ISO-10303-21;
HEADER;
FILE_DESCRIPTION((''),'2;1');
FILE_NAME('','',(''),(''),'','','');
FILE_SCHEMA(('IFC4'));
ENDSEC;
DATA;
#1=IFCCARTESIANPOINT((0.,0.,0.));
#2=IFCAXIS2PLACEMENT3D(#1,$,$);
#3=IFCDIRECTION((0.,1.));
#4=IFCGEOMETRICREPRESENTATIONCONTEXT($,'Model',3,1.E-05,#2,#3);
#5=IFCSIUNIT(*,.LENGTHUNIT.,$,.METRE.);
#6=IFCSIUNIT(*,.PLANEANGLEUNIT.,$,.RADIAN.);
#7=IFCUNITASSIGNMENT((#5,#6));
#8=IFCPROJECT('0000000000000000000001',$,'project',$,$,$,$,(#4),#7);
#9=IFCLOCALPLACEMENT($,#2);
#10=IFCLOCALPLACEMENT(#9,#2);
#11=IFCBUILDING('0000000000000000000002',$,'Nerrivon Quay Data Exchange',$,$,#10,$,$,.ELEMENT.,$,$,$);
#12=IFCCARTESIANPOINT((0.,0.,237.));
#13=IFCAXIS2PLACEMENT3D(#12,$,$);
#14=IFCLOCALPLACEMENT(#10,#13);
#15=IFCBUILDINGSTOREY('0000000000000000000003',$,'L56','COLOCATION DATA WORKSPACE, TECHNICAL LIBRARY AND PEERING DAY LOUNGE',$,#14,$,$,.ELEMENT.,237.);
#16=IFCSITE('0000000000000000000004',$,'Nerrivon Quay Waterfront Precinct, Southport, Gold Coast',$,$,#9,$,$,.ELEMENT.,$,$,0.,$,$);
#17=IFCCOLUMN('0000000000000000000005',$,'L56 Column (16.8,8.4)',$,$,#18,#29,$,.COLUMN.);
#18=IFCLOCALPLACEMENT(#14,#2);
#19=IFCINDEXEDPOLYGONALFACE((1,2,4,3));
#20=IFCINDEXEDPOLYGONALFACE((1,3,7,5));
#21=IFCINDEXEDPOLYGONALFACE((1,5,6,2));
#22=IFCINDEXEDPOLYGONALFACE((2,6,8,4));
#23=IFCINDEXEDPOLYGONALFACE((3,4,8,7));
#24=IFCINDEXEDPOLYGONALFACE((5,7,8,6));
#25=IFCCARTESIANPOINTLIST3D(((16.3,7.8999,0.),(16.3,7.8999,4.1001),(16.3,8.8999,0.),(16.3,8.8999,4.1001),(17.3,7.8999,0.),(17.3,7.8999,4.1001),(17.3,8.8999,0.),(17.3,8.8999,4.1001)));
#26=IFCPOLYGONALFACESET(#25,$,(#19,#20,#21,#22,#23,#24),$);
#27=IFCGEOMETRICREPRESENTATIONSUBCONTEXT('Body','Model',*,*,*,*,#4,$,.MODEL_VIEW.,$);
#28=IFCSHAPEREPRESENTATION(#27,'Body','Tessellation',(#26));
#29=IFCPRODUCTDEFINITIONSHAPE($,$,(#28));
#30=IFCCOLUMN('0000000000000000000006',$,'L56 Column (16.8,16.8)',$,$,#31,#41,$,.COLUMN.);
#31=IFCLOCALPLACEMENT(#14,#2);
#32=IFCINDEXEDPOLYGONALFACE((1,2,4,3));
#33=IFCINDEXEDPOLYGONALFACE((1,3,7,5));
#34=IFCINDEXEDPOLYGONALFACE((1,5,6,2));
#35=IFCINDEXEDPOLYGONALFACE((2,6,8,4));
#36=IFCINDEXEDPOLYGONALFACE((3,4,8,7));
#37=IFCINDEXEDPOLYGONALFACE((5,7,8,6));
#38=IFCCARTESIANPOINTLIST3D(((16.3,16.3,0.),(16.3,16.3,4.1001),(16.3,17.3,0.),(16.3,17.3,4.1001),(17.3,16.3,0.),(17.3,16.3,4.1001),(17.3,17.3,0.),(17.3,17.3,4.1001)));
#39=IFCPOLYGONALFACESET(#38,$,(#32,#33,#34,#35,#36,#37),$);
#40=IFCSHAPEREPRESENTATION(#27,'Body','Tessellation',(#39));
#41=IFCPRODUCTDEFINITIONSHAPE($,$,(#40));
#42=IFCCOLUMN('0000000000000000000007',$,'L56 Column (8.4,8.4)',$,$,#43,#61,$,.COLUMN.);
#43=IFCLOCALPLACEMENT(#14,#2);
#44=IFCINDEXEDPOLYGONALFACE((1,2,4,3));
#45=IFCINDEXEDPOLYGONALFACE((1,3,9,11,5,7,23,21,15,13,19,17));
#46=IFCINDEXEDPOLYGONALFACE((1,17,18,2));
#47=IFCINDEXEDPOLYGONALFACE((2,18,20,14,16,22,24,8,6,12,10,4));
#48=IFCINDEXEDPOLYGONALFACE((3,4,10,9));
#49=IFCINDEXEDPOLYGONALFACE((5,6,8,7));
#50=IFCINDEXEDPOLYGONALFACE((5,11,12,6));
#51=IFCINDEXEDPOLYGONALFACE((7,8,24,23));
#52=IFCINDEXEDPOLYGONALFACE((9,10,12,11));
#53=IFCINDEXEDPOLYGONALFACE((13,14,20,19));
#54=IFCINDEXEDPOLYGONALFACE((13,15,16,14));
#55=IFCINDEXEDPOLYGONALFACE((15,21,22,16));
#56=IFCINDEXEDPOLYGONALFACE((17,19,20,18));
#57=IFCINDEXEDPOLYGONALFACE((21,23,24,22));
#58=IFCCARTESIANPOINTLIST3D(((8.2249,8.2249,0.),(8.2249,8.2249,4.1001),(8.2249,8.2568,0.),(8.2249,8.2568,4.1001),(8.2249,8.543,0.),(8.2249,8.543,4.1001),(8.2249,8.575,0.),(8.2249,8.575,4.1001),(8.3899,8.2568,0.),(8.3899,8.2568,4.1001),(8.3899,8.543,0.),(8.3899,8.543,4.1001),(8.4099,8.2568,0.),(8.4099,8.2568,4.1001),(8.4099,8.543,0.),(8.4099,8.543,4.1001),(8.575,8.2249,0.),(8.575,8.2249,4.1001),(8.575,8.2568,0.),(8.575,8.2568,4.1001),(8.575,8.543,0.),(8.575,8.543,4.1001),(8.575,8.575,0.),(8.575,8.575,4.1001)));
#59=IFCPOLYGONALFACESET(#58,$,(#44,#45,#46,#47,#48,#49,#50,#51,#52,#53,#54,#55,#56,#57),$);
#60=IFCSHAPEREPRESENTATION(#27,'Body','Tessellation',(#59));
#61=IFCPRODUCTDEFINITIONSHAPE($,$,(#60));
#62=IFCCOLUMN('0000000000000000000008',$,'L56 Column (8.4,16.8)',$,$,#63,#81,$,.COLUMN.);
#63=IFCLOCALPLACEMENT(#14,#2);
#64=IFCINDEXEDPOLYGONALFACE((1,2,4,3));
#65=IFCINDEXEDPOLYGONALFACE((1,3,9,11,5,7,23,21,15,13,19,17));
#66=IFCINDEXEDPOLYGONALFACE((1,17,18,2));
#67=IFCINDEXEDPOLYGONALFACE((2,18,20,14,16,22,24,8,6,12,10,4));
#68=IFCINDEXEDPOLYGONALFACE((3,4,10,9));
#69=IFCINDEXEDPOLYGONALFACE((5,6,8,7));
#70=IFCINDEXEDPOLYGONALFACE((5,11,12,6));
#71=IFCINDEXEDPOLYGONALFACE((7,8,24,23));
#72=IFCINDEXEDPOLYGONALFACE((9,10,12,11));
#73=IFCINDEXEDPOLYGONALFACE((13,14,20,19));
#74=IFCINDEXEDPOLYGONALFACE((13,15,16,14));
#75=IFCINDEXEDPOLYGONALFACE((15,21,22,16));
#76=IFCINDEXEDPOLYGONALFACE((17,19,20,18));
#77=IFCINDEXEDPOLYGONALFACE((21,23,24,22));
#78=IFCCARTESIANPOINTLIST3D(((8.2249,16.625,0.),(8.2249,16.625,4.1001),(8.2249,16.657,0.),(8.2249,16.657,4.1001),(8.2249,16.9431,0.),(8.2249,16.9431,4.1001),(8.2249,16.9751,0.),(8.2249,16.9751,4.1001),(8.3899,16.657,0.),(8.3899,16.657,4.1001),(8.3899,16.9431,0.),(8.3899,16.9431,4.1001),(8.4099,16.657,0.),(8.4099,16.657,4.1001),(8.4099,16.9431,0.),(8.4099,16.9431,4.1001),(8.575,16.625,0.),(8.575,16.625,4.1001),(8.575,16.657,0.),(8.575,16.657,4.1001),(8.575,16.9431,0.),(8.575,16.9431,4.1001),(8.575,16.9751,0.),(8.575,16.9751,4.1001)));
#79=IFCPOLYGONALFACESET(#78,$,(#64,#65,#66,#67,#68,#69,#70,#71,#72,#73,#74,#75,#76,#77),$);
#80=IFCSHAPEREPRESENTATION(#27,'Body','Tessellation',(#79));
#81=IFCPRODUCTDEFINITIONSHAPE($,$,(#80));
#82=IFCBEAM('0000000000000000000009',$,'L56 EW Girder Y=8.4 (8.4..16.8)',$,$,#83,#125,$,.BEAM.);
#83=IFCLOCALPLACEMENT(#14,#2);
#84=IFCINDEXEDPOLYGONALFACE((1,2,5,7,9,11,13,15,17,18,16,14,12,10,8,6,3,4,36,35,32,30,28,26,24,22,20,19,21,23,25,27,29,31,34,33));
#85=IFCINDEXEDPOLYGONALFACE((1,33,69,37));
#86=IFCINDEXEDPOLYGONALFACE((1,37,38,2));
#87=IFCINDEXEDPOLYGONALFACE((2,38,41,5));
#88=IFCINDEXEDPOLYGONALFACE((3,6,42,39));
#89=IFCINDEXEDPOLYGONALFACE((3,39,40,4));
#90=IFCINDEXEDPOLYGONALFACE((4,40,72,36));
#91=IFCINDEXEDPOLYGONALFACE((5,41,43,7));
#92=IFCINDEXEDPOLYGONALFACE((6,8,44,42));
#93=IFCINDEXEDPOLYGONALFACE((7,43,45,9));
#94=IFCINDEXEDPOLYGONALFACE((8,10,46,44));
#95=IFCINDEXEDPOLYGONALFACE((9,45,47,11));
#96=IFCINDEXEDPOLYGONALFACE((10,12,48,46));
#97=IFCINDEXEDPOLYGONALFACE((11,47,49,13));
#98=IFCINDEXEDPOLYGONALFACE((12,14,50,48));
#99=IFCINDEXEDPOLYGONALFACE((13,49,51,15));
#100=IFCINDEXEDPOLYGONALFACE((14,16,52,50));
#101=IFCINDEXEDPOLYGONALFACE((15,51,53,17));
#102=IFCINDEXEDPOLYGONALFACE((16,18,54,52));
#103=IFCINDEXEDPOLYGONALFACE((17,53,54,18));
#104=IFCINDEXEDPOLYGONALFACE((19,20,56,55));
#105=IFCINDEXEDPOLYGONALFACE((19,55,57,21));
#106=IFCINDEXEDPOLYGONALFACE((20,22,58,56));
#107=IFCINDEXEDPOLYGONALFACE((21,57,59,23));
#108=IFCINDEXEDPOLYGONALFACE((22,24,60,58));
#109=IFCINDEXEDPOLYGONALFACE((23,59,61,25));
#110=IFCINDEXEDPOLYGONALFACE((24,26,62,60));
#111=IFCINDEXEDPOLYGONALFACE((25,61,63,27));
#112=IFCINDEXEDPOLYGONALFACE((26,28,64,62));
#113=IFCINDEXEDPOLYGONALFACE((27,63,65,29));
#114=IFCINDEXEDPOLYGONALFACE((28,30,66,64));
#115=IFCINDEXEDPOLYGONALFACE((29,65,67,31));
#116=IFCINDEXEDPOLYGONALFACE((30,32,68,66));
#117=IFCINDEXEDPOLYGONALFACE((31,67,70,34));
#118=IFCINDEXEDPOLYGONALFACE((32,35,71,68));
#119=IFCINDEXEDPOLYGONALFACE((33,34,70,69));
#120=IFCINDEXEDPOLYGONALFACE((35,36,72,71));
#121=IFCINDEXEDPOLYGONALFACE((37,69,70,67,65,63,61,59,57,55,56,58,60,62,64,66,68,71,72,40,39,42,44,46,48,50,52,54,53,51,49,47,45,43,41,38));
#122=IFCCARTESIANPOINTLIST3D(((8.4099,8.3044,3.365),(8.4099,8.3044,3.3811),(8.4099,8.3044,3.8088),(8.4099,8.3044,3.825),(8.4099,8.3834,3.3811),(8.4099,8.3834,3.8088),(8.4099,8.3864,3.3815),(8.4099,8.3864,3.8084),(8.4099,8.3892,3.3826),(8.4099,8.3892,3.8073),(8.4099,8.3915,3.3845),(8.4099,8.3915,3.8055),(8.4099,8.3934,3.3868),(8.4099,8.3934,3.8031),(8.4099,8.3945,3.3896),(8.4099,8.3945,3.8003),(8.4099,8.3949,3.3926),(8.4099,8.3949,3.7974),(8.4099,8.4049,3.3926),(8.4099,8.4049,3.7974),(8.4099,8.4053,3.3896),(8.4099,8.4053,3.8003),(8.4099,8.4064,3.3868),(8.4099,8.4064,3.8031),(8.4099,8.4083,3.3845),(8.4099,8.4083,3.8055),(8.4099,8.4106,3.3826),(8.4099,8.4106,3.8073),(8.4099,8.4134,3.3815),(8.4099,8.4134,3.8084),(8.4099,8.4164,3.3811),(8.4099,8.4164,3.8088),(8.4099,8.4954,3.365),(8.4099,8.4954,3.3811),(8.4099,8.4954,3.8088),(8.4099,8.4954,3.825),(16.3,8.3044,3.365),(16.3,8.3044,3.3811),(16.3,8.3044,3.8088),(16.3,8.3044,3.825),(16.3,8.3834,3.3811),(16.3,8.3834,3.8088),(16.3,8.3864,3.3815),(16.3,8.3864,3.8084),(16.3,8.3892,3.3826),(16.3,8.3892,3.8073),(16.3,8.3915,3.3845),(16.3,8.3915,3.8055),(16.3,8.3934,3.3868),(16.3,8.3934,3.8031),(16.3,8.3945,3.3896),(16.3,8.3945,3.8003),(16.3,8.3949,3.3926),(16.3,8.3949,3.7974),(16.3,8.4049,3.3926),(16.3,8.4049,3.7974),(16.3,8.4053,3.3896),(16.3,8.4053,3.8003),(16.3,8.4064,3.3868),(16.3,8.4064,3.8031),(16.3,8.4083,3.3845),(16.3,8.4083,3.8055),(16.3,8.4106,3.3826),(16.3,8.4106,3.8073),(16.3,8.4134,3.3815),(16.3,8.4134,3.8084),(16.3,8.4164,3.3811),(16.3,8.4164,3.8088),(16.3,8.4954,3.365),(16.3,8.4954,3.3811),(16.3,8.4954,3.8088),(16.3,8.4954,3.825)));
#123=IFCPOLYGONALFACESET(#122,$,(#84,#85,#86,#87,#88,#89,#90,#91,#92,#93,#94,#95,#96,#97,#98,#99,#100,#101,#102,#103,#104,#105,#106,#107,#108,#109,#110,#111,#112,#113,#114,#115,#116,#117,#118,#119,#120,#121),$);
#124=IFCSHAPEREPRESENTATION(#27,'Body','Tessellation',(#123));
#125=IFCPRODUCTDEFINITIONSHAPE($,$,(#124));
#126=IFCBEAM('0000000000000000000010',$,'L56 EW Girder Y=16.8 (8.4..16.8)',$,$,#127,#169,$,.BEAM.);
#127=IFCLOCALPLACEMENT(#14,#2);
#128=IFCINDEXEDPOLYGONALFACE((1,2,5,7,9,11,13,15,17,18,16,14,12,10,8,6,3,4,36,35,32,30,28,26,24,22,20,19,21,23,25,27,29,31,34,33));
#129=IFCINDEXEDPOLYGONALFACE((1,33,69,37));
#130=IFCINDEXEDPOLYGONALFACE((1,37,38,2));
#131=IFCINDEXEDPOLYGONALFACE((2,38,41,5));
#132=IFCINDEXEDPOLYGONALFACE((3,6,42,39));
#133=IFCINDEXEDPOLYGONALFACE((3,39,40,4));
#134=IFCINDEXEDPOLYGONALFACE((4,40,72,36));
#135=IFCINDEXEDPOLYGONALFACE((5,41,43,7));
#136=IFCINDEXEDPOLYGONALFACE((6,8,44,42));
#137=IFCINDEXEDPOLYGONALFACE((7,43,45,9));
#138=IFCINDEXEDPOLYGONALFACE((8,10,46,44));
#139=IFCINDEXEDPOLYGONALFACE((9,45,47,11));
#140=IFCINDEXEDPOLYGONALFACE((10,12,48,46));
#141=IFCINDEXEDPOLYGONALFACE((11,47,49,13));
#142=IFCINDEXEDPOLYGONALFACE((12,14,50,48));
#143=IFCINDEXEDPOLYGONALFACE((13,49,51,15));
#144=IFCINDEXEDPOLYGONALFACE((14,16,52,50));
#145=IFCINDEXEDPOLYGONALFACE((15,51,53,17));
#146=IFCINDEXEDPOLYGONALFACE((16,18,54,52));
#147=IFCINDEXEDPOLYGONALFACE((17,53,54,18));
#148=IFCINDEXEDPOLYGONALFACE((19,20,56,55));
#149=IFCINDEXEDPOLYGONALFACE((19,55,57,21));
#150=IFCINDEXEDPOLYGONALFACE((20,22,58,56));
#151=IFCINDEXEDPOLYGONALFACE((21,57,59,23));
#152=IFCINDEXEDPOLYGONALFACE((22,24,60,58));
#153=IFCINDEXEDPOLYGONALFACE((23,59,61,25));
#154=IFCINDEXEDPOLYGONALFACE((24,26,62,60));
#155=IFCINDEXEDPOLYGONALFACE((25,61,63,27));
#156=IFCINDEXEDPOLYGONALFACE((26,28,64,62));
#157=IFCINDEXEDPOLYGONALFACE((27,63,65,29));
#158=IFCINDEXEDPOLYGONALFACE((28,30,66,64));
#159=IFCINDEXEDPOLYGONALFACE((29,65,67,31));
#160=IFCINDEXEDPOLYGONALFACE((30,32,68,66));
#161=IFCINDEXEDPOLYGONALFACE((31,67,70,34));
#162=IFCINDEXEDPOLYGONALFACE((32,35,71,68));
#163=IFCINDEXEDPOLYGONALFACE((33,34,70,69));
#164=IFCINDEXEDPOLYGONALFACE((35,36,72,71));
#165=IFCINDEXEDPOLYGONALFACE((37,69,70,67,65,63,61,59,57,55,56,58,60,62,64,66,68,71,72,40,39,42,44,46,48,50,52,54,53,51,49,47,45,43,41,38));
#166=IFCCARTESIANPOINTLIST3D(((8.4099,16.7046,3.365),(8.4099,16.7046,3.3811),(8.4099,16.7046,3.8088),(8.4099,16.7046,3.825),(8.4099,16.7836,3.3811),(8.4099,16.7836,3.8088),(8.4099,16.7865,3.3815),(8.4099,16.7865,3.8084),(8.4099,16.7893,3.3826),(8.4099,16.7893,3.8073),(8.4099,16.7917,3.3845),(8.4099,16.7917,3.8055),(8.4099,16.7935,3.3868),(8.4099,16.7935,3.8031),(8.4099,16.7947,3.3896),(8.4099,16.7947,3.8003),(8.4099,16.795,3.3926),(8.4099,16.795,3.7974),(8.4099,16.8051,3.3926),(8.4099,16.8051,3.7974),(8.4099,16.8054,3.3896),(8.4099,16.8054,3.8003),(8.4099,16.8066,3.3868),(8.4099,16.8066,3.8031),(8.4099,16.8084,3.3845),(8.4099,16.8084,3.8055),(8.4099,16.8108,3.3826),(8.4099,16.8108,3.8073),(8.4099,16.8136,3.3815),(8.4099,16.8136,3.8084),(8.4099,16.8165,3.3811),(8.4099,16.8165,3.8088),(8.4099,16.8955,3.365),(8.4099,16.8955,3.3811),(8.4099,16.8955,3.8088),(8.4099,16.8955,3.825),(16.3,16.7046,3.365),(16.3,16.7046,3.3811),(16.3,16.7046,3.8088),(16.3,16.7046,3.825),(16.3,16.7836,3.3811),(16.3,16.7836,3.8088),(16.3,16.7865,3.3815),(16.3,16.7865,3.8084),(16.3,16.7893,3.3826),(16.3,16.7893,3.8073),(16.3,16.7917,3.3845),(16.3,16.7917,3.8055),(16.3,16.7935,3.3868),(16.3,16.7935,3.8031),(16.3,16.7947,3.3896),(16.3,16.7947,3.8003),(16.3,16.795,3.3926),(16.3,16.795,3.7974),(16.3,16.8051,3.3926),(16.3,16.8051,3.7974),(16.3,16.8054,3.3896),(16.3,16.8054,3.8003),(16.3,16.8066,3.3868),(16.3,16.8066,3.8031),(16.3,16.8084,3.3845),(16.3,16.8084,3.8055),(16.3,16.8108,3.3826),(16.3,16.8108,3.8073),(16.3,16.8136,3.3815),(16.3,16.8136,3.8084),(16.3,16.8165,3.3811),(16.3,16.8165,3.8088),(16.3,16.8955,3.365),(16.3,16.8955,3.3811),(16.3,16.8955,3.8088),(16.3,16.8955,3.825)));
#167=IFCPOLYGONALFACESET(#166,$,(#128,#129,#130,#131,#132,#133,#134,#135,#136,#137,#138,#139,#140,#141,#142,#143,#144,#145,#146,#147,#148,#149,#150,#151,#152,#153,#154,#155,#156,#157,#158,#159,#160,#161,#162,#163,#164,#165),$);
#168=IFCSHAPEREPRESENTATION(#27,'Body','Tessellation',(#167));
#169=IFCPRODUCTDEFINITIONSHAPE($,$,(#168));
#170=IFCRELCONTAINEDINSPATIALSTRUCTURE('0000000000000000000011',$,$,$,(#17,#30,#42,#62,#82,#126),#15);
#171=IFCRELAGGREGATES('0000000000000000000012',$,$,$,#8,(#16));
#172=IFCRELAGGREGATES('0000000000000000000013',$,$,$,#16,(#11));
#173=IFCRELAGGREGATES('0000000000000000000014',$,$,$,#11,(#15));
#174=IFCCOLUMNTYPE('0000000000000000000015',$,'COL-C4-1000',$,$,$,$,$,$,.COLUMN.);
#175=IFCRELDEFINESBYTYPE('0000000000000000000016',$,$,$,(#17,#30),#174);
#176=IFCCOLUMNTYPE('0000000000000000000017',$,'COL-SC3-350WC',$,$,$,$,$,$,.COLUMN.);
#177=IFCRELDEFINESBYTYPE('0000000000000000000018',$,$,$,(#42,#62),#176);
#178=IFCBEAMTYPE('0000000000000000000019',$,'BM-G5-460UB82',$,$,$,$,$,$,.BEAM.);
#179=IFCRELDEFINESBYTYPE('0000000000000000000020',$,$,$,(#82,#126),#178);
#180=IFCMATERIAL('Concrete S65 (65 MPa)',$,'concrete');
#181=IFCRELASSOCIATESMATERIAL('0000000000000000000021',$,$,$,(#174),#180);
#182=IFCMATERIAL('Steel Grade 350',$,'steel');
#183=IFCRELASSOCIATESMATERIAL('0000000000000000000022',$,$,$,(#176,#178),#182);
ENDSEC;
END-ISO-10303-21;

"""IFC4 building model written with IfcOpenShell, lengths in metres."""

from ifc_helpers import new_model, si_unit, direction, frame, origin, origin_2d, place, context, subcontext, project, spatial, rectangle, i_section, extrude, material, material_profile, profile_set, type_object, element, save


model = new_model("IFC4")

# Units and contexts
model_context = context("Model", 3, precision=1e-05, world=origin(), true_north=direction((0.0, 1.0)))
body_context = subcontext(model_context, "Body", "Model", "MODEL_VIEW")
ifc_project = project(units=[si_unit("LENGTHUNIT", "METRE"), si_unit("PLANEANGLEUNIT", "RADIAN")], contexts=[model_context])

# Site, building, storey
site_placement = place(None, origin())
site = spatial("IfcSite", under=ifc_project, at=site_placement, Name="Nerrivon Quay Waterfront Precinct, Southport, Gold Coast", CompositionType="ELEMENT", RefElevation=0.0)
building_placement = place(site_placement, origin())
building = spatial("IfcBuilding", under=site, at=building_placement, Name="Nerrivon Quay Data Exchange", CompositionType="ELEMENT")
storey_placement = place(building_placement, frame((0.0, 0.0, 237.0)))
storey = spatial("IfcBuildingStorey", under=building, at=storey_placement, Name="L56", Description="COLOCATION DATA WORKSPACE, TECHNICAL LIBRARY AND PEERING DAY LOUNGE", CompositionType="ELEMENT", Elevation=237.0)

# Columns
ifc_material_1 = material(Name="Concrete S65 (65 MPa)", Category="concrete")
ifc_material_profile_1 = material_profile(ifc_material_1, rectangle(XDim=1.0, YDim=1.0, at=origin_2d()), Name="RC-COL-1000x1000")
ifc_profile_set_1 = profile_set([ifc_material_profile_1], Name="Concrete S65 (65 MPa)")
column_type_1 = type_object("IfcColumnType", Name="COL-C4-1000", PredefinedType="COLUMN", material=ifc_profile_set_1)
for number, where, z_axis, x_axis, name in (
    (1, (16.8, 8.3999, 0.0), (0.0, 0.0, 1.0), (1.0, 0.0, 0.0), "L56 Column (16.8,8.4)"),
    (2, (16.8, 16.8, 0.0), (0.0, 0.0, 1.0), (1.0, 0.0, 0.0), "L56 Column (16.8,16.8)"),
):
    element("IfcColumn", number, at=place(storey_placement, frame(where, z_axis=z_axis, x_axis=x_axis)), inside=storey, type_object=column_type_1, Name=name, PredefinedType="COLUMN", context=body_context, shape_type="SweptSolid", body=[
        extrude(rectangle(XDim=1.0, YDim=1.0, at=origin_2d()), origin(), (0.0, 0.0, 1.0), 4.1001),
    ])
ifc_material_2 = material(Name="Steel Grade 350", Category="steel")
ifc_material_profile_2 = material_profile(ifc_material_2, i_section(OverallWidth=0.3501, OverallDepth=0.3501, WebThickness=0.02, FlangeThickness=0.032, at=origin_2d()), Name="350WC230")
ifc_profile_set_2 = profile_set([ifc_material_profile_2], Name="Steel Grade 350")
column_type_2 = type_object("IfcColumnType", Name="COL-SC3-350WC", PredefinedType="COLUMN", material=ifc_profile_set_2)
for number, where, z_axis, x_axis, name in (
    (3, (8.3999, 8.3999, 0.0), (0.0, 0.0, 1.0), (1.0, 0.0, 0.0), "L56 Column (8.4,8.4)"),
    (4, (8.3999, 16.8, 0.0), (0.0, 0.0, 1.0), (1.0, 0.0, 0.0), "L56 Column (8.4,16.8)"),
):
    element("IfcColumn", number, at=place(storey_placement, frame(where, z_axis=z_axis, x_axis=x_axis)), inside=storey, type_object=column_type_2, Name=name, PredefinedType="COLUMN", context=body_context, shape_type="SweptSolid", body=[
        extrude(i_section(OverallWidth=0.3501, OverallDepth=0.3501, WebThickness=0.02, FlangeThickness=0.032, at=origin_2d()), origin(), (0.0, 0.0, 1.0), 4.1001),
    ])

# Beams
ifc_material_profile_3 = material_profile(ifc_material_2, i_section(OverallWidth=0.1909, OverallDepth=0.46, WebThickness=0.01, FlangeThickness=0.0161, FilletRadius=0.0115, at=origin_2d()), Name="460UB82.1")
ifc_profile_set_3 = profile_set([ifc_material_profile_3], Name="Steel Grade 350")
beam_type_1 = type_object("IfcBeamType", Name="BM-G5-460UB82", PredefinedType="BEAM", material=ifc_profile_set_3)
for number, where, z_axis, x_axis, name in (
    (5, (8.4099, 8.3999, 3.595), (1.0, 0.0, 0.0), (0.0, 1.0, 0.0), "L56 EW Girder Y=8.4 (8.4..16.8)"),
    (6, (8.4099, 16.8, 3.595), (1.0, 0.0, 0.0), (0.0, 1.0, 0.0), "L56 EW Girder Y=16.8 (8.4..16.8)"),
):
    element("IfcBeam", number, at=place(storey_placement, frame(where, z_axis=z_axis, x_axis=x_axis)), inside=storey, type_object=beam_type_1, Name=name, PredefinedType="BEAM", context=body_context, shape_type="SweptSolid", body=[
        extrude(i_section(OverallWidth=0.1909, OverallDepth=0.46, WebThickness=0.01, FlangeThickness=0.0161, FilletRadius=0.0115, at=origin_2d()), origin(), (0.0, 0.0, 1.0), 7.8901),
    ])

save(model, "model.ifc")
